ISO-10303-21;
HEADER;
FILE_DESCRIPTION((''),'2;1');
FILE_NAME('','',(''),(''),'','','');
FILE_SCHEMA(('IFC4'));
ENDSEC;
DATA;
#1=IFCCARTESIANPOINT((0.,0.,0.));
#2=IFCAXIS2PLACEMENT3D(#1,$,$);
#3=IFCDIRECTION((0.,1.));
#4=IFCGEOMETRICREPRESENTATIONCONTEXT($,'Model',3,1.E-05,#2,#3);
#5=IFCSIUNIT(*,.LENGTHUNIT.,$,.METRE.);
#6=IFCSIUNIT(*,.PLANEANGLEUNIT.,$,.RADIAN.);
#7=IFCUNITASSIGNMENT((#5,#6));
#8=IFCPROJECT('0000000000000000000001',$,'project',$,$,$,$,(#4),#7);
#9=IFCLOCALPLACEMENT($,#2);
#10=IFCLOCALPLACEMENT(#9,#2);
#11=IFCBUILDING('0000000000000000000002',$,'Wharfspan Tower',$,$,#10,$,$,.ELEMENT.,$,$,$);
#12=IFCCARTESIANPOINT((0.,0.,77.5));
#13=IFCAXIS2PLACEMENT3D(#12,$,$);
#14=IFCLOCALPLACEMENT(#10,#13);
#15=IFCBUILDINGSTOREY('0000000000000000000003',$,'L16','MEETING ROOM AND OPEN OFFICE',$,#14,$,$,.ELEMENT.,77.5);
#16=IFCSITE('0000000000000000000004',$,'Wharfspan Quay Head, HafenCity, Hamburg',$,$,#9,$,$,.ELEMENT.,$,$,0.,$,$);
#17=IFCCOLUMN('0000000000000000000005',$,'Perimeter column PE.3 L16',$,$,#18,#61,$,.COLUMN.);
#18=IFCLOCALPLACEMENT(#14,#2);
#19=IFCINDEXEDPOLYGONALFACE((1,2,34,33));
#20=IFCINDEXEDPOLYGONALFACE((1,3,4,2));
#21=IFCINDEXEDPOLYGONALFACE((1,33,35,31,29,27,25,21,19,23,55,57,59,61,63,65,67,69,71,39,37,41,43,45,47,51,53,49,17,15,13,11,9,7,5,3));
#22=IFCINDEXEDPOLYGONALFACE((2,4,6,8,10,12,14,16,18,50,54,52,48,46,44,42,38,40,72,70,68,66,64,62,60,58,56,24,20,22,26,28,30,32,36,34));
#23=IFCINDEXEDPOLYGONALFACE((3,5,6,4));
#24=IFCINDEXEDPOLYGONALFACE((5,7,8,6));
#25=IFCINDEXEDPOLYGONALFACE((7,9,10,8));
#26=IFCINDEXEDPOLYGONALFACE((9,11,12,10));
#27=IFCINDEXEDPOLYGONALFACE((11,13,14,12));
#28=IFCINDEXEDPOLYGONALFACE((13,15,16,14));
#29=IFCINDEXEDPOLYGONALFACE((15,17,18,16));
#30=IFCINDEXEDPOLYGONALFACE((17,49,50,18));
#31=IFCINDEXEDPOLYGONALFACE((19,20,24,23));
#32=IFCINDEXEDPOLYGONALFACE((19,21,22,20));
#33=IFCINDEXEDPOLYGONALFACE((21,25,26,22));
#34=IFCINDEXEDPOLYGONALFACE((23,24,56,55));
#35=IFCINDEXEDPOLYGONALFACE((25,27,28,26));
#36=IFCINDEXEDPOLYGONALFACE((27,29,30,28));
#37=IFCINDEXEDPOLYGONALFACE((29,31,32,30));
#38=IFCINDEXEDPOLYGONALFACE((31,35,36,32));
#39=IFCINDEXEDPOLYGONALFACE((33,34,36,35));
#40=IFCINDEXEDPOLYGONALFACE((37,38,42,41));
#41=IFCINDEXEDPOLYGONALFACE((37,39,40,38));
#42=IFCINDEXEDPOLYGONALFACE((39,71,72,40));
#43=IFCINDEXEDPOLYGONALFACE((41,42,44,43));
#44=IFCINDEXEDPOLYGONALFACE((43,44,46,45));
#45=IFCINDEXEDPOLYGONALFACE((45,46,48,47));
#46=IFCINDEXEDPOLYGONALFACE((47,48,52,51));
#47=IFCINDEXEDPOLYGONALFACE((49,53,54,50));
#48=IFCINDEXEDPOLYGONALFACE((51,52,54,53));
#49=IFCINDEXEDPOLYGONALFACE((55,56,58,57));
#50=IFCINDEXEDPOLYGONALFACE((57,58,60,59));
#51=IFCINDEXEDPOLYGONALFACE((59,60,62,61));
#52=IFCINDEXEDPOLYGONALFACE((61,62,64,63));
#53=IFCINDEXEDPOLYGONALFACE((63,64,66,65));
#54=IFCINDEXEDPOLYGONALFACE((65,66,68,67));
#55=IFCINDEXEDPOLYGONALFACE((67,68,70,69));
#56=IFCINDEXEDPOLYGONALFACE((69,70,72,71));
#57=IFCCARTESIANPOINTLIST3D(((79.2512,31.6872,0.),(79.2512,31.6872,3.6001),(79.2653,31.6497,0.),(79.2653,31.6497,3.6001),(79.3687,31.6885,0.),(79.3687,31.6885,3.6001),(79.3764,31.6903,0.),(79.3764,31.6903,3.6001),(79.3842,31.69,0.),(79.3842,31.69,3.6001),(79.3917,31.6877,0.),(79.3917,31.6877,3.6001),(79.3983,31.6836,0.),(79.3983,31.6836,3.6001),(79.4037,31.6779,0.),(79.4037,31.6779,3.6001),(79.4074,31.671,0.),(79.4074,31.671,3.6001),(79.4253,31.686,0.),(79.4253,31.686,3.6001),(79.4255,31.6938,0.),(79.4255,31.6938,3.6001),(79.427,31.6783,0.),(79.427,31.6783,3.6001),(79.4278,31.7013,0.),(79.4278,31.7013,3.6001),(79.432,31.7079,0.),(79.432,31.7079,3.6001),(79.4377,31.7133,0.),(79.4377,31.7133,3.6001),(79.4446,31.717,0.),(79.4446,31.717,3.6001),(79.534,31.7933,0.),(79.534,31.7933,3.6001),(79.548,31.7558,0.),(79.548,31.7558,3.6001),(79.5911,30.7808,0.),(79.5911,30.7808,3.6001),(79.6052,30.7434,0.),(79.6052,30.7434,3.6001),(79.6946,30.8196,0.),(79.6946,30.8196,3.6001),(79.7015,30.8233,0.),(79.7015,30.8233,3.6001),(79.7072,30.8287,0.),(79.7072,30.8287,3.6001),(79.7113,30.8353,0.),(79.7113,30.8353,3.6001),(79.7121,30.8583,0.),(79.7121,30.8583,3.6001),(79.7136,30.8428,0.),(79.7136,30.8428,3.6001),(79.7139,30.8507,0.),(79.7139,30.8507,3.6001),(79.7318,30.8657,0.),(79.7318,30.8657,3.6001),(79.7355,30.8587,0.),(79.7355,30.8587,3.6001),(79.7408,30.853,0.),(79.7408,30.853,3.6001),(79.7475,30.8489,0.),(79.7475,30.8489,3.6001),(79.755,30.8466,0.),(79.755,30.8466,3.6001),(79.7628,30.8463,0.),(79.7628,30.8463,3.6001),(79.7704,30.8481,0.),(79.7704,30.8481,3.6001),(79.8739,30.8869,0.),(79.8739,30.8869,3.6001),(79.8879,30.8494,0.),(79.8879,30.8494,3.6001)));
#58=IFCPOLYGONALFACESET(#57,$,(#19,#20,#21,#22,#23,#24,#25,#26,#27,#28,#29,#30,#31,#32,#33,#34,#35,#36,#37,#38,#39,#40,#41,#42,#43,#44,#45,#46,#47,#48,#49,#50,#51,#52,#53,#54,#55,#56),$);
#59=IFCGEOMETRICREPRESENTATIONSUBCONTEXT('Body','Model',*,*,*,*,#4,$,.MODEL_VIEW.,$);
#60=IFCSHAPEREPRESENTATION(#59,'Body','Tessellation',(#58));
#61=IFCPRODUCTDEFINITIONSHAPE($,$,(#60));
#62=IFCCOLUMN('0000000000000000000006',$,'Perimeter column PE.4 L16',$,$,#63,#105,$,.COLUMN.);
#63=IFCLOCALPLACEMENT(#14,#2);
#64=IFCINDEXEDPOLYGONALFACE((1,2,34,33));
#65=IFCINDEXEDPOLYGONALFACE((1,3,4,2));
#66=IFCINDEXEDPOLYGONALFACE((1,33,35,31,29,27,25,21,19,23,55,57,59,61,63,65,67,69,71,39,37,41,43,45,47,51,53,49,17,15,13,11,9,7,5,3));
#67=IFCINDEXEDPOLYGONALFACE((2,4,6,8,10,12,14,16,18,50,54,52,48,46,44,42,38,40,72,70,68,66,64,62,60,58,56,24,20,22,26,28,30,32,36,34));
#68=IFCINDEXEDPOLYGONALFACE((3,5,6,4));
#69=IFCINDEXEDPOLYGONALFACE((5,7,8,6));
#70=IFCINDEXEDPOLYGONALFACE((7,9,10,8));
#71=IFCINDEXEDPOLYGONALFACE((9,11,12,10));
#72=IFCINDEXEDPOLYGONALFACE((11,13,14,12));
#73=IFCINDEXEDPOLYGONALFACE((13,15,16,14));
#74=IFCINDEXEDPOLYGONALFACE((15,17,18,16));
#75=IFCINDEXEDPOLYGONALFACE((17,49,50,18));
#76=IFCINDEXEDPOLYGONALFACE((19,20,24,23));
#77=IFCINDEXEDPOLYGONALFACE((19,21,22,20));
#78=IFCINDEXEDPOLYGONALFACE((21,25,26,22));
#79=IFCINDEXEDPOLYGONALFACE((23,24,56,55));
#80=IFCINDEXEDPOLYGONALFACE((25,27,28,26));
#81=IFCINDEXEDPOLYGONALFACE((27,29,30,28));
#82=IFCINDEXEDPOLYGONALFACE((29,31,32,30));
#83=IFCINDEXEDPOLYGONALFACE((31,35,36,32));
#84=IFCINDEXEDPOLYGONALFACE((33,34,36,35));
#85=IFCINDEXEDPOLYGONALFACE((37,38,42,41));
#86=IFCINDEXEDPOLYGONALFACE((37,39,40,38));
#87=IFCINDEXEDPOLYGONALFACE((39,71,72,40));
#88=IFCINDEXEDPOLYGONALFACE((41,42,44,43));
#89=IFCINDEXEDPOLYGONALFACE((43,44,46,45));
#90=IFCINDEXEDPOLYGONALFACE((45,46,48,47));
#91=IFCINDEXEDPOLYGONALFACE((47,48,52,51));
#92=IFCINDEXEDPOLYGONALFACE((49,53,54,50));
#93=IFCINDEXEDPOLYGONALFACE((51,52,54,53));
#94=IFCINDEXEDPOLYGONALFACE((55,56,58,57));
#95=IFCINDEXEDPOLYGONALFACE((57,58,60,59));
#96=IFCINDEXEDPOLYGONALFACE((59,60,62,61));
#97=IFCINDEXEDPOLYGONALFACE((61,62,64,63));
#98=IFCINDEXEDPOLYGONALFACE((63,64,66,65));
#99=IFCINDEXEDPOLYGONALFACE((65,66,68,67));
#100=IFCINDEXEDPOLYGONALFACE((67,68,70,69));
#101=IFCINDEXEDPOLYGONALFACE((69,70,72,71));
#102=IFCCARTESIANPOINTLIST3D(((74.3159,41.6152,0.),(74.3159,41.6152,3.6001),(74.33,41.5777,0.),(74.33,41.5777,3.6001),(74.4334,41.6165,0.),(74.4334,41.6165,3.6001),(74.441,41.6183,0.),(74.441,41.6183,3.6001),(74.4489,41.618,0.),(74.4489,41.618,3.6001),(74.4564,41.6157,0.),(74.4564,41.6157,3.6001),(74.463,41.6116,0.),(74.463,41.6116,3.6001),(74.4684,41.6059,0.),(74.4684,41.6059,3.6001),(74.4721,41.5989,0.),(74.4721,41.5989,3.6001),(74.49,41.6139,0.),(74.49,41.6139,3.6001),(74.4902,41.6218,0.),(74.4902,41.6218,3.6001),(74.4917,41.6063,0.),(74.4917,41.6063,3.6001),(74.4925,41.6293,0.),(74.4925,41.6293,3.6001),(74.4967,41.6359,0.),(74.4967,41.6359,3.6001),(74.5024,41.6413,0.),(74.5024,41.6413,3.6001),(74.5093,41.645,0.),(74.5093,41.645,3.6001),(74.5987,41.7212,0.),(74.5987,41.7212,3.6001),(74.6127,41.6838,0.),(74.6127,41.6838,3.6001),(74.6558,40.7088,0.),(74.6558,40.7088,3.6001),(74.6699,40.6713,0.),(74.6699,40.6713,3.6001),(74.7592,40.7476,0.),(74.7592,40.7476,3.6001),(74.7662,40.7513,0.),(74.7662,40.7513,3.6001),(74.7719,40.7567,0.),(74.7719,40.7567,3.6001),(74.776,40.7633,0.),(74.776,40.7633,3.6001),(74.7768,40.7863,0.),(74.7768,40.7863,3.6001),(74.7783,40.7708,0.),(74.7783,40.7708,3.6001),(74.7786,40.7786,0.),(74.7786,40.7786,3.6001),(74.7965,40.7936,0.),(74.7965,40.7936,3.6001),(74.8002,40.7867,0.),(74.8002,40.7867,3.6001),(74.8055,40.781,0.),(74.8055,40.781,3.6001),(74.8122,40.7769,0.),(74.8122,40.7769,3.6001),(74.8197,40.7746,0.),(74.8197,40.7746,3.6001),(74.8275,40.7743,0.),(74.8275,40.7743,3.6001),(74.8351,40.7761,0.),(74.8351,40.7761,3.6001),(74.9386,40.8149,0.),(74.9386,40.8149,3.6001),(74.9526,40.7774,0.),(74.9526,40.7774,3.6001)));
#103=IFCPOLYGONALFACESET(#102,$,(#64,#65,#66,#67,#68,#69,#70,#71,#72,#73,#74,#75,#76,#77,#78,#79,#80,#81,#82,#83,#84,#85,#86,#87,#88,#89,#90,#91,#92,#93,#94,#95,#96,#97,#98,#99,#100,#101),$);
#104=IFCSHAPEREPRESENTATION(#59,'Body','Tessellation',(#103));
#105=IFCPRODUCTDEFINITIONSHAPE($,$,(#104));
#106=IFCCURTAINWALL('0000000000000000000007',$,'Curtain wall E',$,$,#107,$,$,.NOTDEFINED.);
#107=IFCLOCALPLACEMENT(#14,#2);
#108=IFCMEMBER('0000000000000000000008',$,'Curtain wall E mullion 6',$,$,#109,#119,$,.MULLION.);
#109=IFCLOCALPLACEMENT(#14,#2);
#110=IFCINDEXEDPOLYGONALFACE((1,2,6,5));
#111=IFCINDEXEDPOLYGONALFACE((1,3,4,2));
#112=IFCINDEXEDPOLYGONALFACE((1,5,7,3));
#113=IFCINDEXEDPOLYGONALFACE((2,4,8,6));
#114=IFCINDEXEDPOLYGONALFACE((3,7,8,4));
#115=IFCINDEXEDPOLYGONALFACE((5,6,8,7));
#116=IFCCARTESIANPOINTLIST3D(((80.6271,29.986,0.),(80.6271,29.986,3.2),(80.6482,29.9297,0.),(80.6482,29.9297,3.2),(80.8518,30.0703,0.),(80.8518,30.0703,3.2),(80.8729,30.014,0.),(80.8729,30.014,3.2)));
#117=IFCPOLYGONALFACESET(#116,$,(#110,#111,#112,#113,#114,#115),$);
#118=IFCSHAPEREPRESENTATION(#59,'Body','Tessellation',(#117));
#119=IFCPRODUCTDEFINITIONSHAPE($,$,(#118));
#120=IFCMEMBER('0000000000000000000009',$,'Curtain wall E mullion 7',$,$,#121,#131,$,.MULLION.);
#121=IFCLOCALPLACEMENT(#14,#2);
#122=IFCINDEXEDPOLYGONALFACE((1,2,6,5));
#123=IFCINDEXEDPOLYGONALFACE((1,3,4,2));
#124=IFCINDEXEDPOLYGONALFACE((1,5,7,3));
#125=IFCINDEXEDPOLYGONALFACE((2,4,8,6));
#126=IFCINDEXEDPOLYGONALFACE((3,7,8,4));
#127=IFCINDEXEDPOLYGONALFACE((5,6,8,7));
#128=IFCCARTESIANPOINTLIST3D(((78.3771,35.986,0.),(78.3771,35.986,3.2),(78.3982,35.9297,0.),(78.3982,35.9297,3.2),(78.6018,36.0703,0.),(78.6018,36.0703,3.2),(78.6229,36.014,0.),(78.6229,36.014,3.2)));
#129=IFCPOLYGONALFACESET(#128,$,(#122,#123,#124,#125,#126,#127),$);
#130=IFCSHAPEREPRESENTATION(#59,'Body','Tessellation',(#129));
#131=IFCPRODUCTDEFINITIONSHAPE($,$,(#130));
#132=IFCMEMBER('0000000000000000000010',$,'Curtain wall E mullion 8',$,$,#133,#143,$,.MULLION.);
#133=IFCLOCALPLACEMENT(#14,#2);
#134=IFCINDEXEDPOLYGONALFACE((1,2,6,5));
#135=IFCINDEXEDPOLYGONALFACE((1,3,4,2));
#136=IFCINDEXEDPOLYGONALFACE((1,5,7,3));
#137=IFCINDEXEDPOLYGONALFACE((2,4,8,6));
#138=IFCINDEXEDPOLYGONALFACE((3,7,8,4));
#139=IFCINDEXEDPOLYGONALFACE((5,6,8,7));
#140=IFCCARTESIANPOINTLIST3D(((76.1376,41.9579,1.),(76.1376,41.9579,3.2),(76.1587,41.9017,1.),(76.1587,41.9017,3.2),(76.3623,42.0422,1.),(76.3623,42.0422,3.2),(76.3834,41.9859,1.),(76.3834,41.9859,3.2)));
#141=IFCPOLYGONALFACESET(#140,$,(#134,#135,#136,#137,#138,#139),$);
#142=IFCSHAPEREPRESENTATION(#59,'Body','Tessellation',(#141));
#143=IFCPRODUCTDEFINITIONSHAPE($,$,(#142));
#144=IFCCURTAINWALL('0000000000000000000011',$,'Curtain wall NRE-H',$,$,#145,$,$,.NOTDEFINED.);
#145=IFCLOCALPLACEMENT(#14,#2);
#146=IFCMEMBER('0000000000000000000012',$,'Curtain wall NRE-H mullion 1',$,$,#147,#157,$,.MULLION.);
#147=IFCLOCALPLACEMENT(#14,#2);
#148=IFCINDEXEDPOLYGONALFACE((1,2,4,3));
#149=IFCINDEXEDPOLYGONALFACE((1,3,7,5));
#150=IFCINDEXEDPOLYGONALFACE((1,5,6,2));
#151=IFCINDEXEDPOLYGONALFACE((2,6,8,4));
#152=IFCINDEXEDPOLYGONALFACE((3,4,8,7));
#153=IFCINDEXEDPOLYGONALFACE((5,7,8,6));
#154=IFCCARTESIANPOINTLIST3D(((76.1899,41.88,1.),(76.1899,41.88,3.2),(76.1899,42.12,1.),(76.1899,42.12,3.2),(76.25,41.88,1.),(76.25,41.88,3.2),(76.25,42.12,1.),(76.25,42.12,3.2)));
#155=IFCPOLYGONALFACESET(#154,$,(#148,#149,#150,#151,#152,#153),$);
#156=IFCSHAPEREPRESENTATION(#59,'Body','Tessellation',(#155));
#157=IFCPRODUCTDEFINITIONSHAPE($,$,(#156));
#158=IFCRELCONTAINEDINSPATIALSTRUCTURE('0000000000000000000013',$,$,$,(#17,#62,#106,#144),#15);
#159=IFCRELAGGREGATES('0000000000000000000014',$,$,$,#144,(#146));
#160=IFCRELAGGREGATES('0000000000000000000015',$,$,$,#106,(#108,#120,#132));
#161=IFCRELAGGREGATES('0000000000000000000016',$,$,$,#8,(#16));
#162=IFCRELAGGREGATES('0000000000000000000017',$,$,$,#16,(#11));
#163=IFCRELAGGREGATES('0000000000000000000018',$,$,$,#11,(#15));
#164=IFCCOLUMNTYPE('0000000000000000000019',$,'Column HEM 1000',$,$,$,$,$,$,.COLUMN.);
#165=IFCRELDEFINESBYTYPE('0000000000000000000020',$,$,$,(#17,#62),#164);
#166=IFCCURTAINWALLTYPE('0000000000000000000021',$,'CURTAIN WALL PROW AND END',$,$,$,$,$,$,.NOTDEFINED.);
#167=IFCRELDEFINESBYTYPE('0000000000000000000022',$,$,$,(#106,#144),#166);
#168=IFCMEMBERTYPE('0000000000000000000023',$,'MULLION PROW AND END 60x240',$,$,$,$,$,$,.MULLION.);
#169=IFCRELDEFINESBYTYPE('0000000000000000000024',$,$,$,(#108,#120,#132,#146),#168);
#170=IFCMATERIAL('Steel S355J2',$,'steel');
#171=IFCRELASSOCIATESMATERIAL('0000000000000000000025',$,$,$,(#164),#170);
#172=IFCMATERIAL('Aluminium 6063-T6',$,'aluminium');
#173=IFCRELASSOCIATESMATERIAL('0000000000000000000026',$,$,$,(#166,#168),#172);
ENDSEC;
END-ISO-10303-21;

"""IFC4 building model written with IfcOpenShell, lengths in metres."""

from ifc_helpers import new_model, si_unit, direction, frame, origin, origin_2d, place, context, subcontext, project, spatial, rectangle, i_section, extrude, material, material_profile, profile_set, type_object, element, aggregate, save


model = new_model("IFC4")

# Units and contexts
model_context = context("Model", 3, precision=1e-05, world=origin(), true_north=direction((0.0, 1.0)))
body_context = subcontext(model_context, "Body", "Model", "MODEL_VIEW")
ifc_project = project(units=[si_unit("LENGTHUNIT", "METRE"), si_unit("PLANEANGLEUNIT", "RADIAN")], contexts=[model_context])

# Site, building, storey
site_placement = place(None, origin())
site = spatial("IfcSite", under=ifc_project, at=site_placement, Name="Wharfspan Quay Head, HafenCity, Hamburg", CompositionType="ELEMENT", RefElevation=0.0)
building_placement = place(site_placement, origin())
building = spatial("IfcBuilding", under=site, at=building_placement, Name="Wharfspan Tower", CompositionType="ELEMENT")
storey_placement = place(building_placement, frame((0.0, 0.0, 77.5)))
storey = spatial("IfcBuildingStorey", under=building, at=storey_placement, Name="L16", Description="MEETING ROOM AND OPEN OFFICE", CompositionType="ELEMENT", Elevation=77.5)

# Columns
ifc_material_1 = material(Name="Steel S355J2", Category="steel")
ifc_material_profile_1 = material_profile(ifc_material_1, i_section(OverallWidth=0.302, OverallDepth=1.0081, WebThickness=0.021, FlangeThickness=0.04, FilletRadius=0.03, at=origin_2d()))
ifc_profile_set_1 = profile_set([ifc_material_profile_1], Name="Steel S355J2")
column_type = type_object("IfcColumnType", Name="Column HEM 1000", PredefinedType="COLUMN", material=ifc_profile_set_1)
for number, where, z_axis, x_axis, name in (
    (1, (79.5696, 31.2683, 0.0), (0.0, 0.0, 1.0), (0.936328, 0.351123, 0.0), "Perimeter column PE.3 L16"),
    (2, (74.6343, 41.1963, 0.0), (0.0, 0.0, 1.0), (0.936328, 0.351123, 0.0), "Perimeter column PE.4 L16"),
):
    element("IfcColumn", number, at=place(storey_placement, frame(where, z_axis=z_axis, x_axis=x_axis)), inside=storey, type_object=column_type, Name=name, PredefinedType="COLUMN", context=body_context, shape_type="SweptSolid", body=[
        extrude(i_section(OverallWidth=0.302, OverallDepth=1.0081, WebThickness=0.021, FlangeThickness=0.04, FilletRadius=0.03, at=origin_2d()), origin(), (0.0, 0.0, 1.0), 3.6001),
    ])

# Curtain wall, members
ifc_material_2 = material(Name="Aluminium 6063-T6", Category="aluminium")
curtain_wall_type = type_object("IfcCurtainWallType", Name="CURTAIN WALL PROW AND END", PredefinedType="NOTDEFINED", material=ifc_material_2)
curtain_wall_1_placement = place(storey_placement, origin())
curtain_wall_1 = element("IfcCurtainWall", 3, at=curtain_wall_1_placement, inside=storey, type_object=curtain_wall_type, Name="Curtain wall E", PredefinedType="NOTDEFINED")
ifc_material_profile_2 = material_profile(ifc_material_2, rectangle(XDim=0.24, YDim=0.0601, at=origin_2d()))
ifc_profile_set_2 = profile_set([ifc_material_profile_2], Name="Aluminium 6063-T6")
member_type_1 = type_object("IfcMemberType", Name="MULLION PROW AND END 60x240", PredefinedType="MULLION", material=ifc_profile_set_2)
member_1_placement = place(storey_placement, frame((80.75, 30.0, 0.0), z_axis=(0.0, 0.0, 1.0), x_axis=(-0.936328, -0.351123, 0.0)))
member_1 = element("IfcMember", 4, at=member_1_placement, type_object=member_type_1, Name="Curtain wall E mullion 6", PredefinedType="MULLION", context=body_context, shape_type="SweptSolid", body=[
    extrude(rectangle(XDim=0.24, YDim=0.0601, at=origin_2d()), origin(), (0.0, 0.0, 1.0), 3.2),
])
member_2_placement = place(storey_placement, frame((78.5, 36.0, 0.0), z_axis=(0.0, 0.0, 1.0), x_axis=(-0.936328, -0.351123, 0.0)))
member_2 = element("IfcMember", 5, at=member_2_placement, type_object=member_type_1, Name="Curtain wall E mullion 7", PredefinedType="MULLION", context=body_context, shape_type="SweptSolid", body=[
    extrude(rectangle(XDim=0.24, YDim=0.0601, at=origin_2d()), origin(), (0.0, 0.0, 1.0), 3.2),
])
member_3_placement = place(storey_placement, frame((76.2605, 41.9719, 1.0), z_axis=(0.0, 0.0, 1.0), x_axis=(-0.936328, -0.351123, 0.0)))
member_3 = element("IfcMember", 6, at=member_3_placement, type_object=member_type_1, Name="Curtain wall E mullion 8", PredefinedType="MULLION", context=body_context, shape_type="SweptSolid", body=[
    extrude(rectangle(XDim=0.24, YDim=0.0601, at=origin_2d()), origin(), (0.0, 0.0, 1.0), 2.2),
])

# Curtain wall, member
curtain_wall_2_placement = place(storey_placement, origin())
curtain_wall_2 = element("IfcCurtainWall", 7, at=curtain_wall_2_placement, inside=storey, type_object=curtain_wall_type, Name="Curtain wall NRE-H", PredefinedType="NOTDEFINED")
member_4_placement = place(storey_placement, frame((76.22, 42.0, 1.0), z_axis=(0.0, 0.0, 1.0), x_axis=(0.0, -1.0, 0.0)))
member_4 = element("IfcMember", 8, at=member_4_placement, type_object=member_type_1, Name="Curtain wall NRE-H mullion 1", PredefinedType="MULLION", context=body_context, shape_type="SweptSolid", body=[
    extrude(rectangle(XDim=0.24, YDim=0.0601, at=origin_2d()), origin(), (0.0, 0.0, 1.0), 2.2),
])

aggregate(curtain_wall_2, [member_4])
aggregate(curtain_wall_1, [member_1, member_2, member_3])

save(model, "model.ifc")
